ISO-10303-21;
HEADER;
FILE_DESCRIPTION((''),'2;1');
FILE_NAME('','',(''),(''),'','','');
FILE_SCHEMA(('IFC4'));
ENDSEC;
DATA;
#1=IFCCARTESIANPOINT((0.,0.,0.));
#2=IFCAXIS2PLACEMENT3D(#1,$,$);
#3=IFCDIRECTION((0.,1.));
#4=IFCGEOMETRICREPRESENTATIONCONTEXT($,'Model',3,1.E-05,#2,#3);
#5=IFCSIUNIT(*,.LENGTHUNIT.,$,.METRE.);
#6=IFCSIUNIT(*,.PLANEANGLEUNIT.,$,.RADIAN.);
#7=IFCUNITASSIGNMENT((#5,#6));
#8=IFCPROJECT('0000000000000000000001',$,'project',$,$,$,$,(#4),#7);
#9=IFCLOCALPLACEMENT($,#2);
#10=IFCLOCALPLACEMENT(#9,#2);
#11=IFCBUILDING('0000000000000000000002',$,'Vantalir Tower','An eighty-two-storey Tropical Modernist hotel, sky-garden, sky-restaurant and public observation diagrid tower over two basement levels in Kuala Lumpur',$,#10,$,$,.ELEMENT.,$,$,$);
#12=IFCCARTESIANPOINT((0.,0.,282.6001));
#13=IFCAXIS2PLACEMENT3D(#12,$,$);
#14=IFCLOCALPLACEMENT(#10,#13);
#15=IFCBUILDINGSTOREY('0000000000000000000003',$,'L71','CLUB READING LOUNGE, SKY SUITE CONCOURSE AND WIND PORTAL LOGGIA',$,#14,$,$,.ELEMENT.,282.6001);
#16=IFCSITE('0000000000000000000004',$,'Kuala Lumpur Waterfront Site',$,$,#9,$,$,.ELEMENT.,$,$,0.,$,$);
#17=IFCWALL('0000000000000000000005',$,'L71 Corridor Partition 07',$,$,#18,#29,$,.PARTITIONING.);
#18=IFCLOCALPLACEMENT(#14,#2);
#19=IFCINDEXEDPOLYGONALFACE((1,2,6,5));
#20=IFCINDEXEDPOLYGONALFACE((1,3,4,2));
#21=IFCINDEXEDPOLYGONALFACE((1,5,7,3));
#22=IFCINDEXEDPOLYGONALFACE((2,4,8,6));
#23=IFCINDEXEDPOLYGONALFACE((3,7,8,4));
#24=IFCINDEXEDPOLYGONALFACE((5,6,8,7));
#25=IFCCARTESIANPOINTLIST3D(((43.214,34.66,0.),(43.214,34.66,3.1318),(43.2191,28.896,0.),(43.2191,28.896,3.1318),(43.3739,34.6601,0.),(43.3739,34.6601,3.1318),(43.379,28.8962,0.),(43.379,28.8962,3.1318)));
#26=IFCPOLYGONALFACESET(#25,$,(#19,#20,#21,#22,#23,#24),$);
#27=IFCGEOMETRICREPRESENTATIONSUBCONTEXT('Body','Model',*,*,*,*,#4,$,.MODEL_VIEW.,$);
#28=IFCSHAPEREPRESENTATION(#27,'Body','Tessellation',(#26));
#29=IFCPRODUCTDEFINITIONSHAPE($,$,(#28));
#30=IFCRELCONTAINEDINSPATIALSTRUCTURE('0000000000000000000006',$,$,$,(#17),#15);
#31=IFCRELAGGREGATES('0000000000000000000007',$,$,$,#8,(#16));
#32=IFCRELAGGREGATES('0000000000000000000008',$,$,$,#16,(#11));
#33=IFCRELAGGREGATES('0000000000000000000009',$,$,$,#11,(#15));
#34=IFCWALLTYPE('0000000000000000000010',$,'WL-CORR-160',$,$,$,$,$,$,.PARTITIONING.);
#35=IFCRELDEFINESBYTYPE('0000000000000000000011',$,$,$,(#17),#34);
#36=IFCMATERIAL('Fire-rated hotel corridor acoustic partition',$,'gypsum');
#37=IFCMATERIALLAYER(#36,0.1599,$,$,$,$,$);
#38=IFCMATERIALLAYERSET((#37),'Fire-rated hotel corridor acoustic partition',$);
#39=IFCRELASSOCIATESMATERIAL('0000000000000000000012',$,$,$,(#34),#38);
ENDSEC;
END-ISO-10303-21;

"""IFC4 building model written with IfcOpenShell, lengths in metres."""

from ifc_helpers import new_model, si_unit, direction, frame, frame_2d, origin, place, context, subcontext, project, spatial, rectangle, extrude, material, layer, layer_set, type_object, element, save


model = new_model("IFC4")

# Units and contexts
model_context = context("Model", 3, precision=1e-05, world=origin(), true_north=direction((0.0, 1.0)))
body_context = subcontext(model_context, "Body", "Model", "MODEL_VIEW")
ifc_project = project(units=[si_unit("LENGTHUNIT", "METRE"), si_unit("PLANEANGLEUNIT", "RADIAN")], contexts=[model_context])

# Site, building, storey
site_placement = place(None, origin())
site = spatial("IfcSite", under=ifc_project, at=site_placement, Name="Kuala Lumpur Waterfront Site", CompositionType="ELEMENT", RefElevation=0.0)
building_placement = place(site_placement, origin())
building = spatial("IfcBuilding", under=site, at=building_placement, Name="Vantalir Tower", Description="An eighty-two-storey Tropical Modernist hotel, sky-garden, sky-restaurant and public observation diagrid tower over two basement levels in Kuala Lumpur", CompositionType="ELEMENT")
storey_placement = place(building_placement, frame((0.0, 0.0, 282.6001)))
storey = spatial("IfcBuildingStorey", under=building, at=storey_placement, Name="L71", Description="CLUB READING LOUNGE, SKY SUITE CONCOURSE AND WIND PORTAL LOGGIA", CompositionType="ELEMENT", Elevation=282.6001)

# Wall
ifc_material_1 = material(Name="Fire-rated hotel corridor acoustic partition", Category="gypsum")
ifc_layer_1 = layer(ifc_material_1, 0.1599)
ifc_layer_set_1 = layer_set([ifc_layer_1], Name="Fire-rated hotel corridor acoustic partition")
wall_type = type_object("IfcWallType", Name="WL-CORR-160", PredefinedType="PARTITIONING", material=ifc_layer_set_1)
wall_placement = place(storey_placement, frame((43.2939, 34.6599, 0.0), z_axis=(0.0, 0.0, 1.0), x_axis=(0.000889, -1.0, 0.0)))
element("IfcWall", 1, at=wall_placement, inside=storey, type_object=wall_type, Name="L71 Corridor Partition 07", PredefinedType="PARTITIONING", context=body_context, shape_type="SweptSolid", body=[
    extrude(rectangle(XDim=5.7639, YDim=0.1599, at=frame_2d((2.8818, 0.0))), origin(), (0.0, 0.0, 1.0), 3.1318),
])

save(model, "model.ifc")
